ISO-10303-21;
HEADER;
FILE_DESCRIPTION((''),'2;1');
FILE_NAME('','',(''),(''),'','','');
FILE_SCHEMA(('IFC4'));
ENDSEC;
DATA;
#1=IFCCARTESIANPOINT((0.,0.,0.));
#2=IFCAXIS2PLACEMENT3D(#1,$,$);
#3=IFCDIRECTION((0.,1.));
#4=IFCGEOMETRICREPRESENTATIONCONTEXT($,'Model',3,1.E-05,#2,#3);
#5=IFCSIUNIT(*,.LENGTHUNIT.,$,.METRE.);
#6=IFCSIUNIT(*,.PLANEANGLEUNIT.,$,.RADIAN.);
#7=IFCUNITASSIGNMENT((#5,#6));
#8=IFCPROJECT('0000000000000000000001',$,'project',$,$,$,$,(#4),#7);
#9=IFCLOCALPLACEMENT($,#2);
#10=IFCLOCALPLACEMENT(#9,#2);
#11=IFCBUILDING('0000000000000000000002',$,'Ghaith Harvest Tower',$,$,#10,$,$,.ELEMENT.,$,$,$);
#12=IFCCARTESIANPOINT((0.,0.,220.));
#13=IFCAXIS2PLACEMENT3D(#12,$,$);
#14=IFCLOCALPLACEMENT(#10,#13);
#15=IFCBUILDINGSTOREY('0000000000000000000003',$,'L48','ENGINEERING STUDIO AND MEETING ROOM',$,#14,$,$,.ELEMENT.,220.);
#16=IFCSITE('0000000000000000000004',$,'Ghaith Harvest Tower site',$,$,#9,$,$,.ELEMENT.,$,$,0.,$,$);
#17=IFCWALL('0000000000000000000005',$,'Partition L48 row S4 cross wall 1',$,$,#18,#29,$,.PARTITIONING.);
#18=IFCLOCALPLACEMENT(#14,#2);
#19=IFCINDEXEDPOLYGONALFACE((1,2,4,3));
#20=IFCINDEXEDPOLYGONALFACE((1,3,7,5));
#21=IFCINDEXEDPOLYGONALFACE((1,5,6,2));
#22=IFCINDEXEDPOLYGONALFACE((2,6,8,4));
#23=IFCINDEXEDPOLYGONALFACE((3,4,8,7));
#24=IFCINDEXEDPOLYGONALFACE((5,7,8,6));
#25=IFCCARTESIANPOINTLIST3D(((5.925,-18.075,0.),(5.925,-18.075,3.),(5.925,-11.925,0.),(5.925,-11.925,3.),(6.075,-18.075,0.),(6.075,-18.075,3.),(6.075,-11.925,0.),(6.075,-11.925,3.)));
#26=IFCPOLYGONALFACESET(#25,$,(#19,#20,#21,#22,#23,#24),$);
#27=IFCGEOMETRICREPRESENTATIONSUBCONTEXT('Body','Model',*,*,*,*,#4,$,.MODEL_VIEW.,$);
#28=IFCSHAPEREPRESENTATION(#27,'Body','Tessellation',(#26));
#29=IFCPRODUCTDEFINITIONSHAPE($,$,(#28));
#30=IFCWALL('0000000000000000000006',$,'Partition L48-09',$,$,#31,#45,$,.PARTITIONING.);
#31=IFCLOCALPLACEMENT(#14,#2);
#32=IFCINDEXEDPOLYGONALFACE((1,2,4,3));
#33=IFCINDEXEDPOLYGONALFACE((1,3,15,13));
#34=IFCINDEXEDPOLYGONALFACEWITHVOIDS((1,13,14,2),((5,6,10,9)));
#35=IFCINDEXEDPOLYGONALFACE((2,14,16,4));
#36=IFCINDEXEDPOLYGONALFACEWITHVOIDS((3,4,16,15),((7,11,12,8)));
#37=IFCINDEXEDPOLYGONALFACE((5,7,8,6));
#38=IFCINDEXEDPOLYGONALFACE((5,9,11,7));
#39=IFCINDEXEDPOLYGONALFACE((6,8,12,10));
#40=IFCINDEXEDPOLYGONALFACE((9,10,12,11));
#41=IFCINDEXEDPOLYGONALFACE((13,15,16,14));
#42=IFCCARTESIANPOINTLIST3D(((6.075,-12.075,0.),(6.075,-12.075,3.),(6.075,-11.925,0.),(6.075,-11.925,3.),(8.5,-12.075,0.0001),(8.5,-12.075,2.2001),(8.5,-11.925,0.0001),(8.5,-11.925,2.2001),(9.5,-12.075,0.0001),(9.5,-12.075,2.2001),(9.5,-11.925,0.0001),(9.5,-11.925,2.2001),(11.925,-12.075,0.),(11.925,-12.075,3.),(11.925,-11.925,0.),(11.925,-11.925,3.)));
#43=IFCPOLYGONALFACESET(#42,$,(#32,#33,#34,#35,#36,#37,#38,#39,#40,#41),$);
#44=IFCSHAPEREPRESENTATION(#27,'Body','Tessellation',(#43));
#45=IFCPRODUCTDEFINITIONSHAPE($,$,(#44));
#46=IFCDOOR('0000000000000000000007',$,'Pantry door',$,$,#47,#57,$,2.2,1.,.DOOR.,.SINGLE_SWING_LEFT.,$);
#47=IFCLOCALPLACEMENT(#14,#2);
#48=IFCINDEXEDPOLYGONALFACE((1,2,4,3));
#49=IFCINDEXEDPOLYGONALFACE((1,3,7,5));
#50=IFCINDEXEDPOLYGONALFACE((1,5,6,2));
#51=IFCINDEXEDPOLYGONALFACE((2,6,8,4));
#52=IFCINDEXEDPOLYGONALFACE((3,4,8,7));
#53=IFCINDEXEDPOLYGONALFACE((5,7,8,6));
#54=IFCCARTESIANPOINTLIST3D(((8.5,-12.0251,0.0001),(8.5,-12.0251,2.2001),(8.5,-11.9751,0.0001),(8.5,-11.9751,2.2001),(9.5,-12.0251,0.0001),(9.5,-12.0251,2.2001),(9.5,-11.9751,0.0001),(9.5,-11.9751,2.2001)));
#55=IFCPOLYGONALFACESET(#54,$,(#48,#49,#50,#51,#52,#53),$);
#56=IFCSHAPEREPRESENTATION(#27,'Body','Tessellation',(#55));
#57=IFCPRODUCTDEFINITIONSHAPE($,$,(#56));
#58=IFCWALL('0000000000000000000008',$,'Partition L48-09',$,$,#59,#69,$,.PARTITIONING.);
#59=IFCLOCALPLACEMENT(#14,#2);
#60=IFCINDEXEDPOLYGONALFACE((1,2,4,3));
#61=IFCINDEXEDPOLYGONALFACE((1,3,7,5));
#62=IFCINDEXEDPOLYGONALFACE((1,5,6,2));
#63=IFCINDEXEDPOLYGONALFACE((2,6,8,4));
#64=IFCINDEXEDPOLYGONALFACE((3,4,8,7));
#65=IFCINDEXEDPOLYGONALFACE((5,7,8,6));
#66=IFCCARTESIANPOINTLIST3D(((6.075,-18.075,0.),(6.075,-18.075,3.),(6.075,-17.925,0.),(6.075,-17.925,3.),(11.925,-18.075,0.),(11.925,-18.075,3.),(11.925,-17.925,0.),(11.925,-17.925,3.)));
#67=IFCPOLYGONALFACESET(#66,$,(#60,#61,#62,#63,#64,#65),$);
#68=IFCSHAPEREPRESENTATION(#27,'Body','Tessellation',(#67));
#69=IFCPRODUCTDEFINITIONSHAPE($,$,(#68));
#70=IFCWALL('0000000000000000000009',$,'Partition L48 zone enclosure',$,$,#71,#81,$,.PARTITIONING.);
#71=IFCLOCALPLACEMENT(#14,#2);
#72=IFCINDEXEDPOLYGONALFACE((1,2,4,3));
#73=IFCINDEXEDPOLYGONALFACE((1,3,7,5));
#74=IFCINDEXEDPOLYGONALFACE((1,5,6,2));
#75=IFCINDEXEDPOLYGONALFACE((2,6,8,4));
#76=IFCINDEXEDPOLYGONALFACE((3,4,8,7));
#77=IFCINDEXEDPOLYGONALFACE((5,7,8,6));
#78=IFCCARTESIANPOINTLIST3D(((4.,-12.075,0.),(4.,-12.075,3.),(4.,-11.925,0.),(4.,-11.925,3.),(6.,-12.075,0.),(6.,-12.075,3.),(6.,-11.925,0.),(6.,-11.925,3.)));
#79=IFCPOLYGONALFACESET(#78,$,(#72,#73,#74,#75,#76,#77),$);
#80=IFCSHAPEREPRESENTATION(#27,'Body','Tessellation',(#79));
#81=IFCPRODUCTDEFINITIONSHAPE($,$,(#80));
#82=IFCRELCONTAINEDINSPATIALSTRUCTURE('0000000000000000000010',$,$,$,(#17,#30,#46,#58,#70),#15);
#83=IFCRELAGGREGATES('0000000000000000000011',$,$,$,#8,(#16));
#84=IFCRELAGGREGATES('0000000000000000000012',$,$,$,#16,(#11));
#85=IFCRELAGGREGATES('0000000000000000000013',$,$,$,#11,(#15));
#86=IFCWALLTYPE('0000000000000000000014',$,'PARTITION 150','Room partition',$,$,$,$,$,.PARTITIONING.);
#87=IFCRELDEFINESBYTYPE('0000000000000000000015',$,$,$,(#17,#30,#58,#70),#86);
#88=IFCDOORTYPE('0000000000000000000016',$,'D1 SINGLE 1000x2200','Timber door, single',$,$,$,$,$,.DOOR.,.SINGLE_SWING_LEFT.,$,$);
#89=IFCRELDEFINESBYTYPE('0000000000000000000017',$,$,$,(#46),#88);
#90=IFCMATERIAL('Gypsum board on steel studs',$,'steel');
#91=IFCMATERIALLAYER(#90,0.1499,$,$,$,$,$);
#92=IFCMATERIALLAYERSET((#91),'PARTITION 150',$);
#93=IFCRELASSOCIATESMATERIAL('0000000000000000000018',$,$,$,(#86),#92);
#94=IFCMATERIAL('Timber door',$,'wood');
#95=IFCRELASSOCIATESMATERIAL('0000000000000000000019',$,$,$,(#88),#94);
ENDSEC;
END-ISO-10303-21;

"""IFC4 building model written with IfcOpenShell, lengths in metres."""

from ifc_helpers import new_model, si_unit, direction, frame, frame_2d, origin, place, context, subcontext, project, spatial, rectangle, extrude, material, layer, layer_set, type_object, element, fill, save


model = new_model("IFC4")

# Units and contexts
model_context = context("Model", 3, precision=1e-05, world=origin(), true_north=direction((0.0, 1.0)))
body_context = subcontext(model_context, "Body", "Model", "MODEL_VIEW")
ifc_project = project(units=[si_unit("LENGTHUNIT", "METRE"), si_unit("PLANEANGLEUNIT", "RADIAN")], contexts=[model_context])

# Site, building, storey
site_placement = place(None, origin())
site = spatial("IfcSite", under=ifc_project, at=site_placement, Name="Ghaith Harvest Tower site", CompositionType="ELEMENT", RefElevation=0.0)
building_placement = place(site_placement, origin())
building = spatial("IfcBuilding", under=site, at=building_placement, Name="Ghaith Harvest Tower", CompositionType="ELEMENT")
storey_placement = place(building_placement, frame((0.0, 0.0, 220.0)))
storey = spatial("IfcBuildingStorey", under=building, at=storey_placement, Name="L48", Description="ENGINEERING STUDIO AND MEETING ROOM", CompositionType="ELEMENT", Elevation=220.0)

# Wall
ifc_material_1 = material(Name="Gypsum board on steel studs", Category="steel")
ifc_layer_1 = layer(ifc_material_1, 0.1499)
ifc_layer_set_1 = layer_set([ifc_layer_1], Name="PARTITION 150")
wall_type = type_object("IfcWallType", Name="PARTITION 150", Description="Room partition", PredefinedType="PARTITIONING", material=ifc_layer_set_1)
wall_1_placement = place(storey_placement, frame((6.0, -11.925, 0.0), z_axis=(0.0, 0.0, 1.0), x_axis=(0.0, -1.0, 0.0)))
element("IfcWall", 1, at=wall_1_placement, inside=storey, type_object=wall_type, Name="Partition L48 row S4 cross wall 1", PredefinedType="PARTITIONING", context=body_context, shape_type="SweptSolid", body=[
    extrude(rectangle(XDim=6.1499, YDim=0.1499, at=frame_2d((3.075, 0.0))), origin(), (0.0, 0.0, 1.0), 3.0),
])

# Wall, opening, door
wall_2_placement = place(storey_placement, frame((6.075, -12.0, 0.0), z_axis=(0.0, 0.0, 1.0), x_axis=(1.0, 0.0, 0.0)))
wall_2 = element("IfcWall", 2, at=wall_2_placement, inside=storey, type_object=wall_type, Name="Partition L48-09", PredefinedType="PARTITIONING", context=body_context, shape_type="SweptSolid", body=[
    extrude(rectangle(XDim=5.8501, YDim=0.1499, at=frame_2d((2.925, 0.0))), origin(), (0.0, 0.0, 1.0), 3.0),
])
opening_placement = place(wall_2_placement, frame((2.425, 0.0, 0.0)))
opening = element("IfcOpeningElement", 3, at=opening_placement, cuts=wall_2, PredefinedType="OPENING", context=body_context, shape_type="SweptSolid", body=[
    extrude(rectangle(XDim=1.0, YDim=2.2, at=frame_2d((0.5, 1.1001))), frame((0.0, 0.085, 0.0), z_axis=(0.0, -1.0, 0.0), x_axis=(1.0, 0.0, 0.0)), (0.0, 0.0, 1.0), 0.1699),
])
ifc_material_2 = material(Name="Timber door", Category="wood")
door_type = type_object("IfcDoorType", Name="D1 SINGLE 1000x2200", Description="Timber door, single", OperationType="SINGLE_SWING_LEFT", PredefinedType="DOOR", material=ifc_material_2)
door_placement = place(opening_placement, origin())
door = element("IfcDoor", 4, at=door_placement, inside=storey, type_object=door_type, Name="Pantry door", OperationType="SINGLE_SWING_LEFT", OverallHeight=2.2, OverallWidth=1.0, PredefinedType="DOOR", context=body_context, shape_type="SweptSolid", body=[
    extrude(rectangle(XDim=1.0, YDim=2.2, at=frame_2d((0.5, 1.1001))), frame((0.0, 0.0249, 0.0), z_axis=(0.0, -1.0, 0.0), x_axis=(1.0, 0.0, 0.0)), (0.0, 0.0, 1.0), 0.05),
])
fill(opening, door)

# Walls
wall_3_placement = place(storey_placement, frame((6.075, -18.0, 0.0), z_axis=(0.0, 0.0, 1.0), x_axis=(1.0, 0.0, 0.0)))
element("IfcWall", 5, at=wall_3_placement, inside=storey, type_object=wall_type, Name="Partition L48-09", PredefinedType="PARTITIONING", context=body_context, shape_type="SweptSolid", body=[
    extrude(rectangle(XDim=5.8501, YDim=0.1499, at=frame_2d((2.925, 0.0))), origin(), (0.0, 0.0, 1.0), 3.0),
])
wall_4_placement = place(storey_placement, frame((4.0, -12.0, 0.0), z_axis=(0.0, 0.0, 1.0), x_axis=(1.0, 0.0, 0.0)))
element("IfcWall", 6, at=wall_4_placement, inside=storey, type_object=wall_type, Name="Partition L48 zone enclosure", PredefinedType="PARTITIONING", context=body_context, shape_type="SweptSolid", body=[
    extrude(rectangle(XDim=2.0, YDim=0.1499, at=frame_2d((1.0, 0.0))), origin(), (0.0, 0.0, 1.0), 3.0),
])

save(model, "model.ifc")
